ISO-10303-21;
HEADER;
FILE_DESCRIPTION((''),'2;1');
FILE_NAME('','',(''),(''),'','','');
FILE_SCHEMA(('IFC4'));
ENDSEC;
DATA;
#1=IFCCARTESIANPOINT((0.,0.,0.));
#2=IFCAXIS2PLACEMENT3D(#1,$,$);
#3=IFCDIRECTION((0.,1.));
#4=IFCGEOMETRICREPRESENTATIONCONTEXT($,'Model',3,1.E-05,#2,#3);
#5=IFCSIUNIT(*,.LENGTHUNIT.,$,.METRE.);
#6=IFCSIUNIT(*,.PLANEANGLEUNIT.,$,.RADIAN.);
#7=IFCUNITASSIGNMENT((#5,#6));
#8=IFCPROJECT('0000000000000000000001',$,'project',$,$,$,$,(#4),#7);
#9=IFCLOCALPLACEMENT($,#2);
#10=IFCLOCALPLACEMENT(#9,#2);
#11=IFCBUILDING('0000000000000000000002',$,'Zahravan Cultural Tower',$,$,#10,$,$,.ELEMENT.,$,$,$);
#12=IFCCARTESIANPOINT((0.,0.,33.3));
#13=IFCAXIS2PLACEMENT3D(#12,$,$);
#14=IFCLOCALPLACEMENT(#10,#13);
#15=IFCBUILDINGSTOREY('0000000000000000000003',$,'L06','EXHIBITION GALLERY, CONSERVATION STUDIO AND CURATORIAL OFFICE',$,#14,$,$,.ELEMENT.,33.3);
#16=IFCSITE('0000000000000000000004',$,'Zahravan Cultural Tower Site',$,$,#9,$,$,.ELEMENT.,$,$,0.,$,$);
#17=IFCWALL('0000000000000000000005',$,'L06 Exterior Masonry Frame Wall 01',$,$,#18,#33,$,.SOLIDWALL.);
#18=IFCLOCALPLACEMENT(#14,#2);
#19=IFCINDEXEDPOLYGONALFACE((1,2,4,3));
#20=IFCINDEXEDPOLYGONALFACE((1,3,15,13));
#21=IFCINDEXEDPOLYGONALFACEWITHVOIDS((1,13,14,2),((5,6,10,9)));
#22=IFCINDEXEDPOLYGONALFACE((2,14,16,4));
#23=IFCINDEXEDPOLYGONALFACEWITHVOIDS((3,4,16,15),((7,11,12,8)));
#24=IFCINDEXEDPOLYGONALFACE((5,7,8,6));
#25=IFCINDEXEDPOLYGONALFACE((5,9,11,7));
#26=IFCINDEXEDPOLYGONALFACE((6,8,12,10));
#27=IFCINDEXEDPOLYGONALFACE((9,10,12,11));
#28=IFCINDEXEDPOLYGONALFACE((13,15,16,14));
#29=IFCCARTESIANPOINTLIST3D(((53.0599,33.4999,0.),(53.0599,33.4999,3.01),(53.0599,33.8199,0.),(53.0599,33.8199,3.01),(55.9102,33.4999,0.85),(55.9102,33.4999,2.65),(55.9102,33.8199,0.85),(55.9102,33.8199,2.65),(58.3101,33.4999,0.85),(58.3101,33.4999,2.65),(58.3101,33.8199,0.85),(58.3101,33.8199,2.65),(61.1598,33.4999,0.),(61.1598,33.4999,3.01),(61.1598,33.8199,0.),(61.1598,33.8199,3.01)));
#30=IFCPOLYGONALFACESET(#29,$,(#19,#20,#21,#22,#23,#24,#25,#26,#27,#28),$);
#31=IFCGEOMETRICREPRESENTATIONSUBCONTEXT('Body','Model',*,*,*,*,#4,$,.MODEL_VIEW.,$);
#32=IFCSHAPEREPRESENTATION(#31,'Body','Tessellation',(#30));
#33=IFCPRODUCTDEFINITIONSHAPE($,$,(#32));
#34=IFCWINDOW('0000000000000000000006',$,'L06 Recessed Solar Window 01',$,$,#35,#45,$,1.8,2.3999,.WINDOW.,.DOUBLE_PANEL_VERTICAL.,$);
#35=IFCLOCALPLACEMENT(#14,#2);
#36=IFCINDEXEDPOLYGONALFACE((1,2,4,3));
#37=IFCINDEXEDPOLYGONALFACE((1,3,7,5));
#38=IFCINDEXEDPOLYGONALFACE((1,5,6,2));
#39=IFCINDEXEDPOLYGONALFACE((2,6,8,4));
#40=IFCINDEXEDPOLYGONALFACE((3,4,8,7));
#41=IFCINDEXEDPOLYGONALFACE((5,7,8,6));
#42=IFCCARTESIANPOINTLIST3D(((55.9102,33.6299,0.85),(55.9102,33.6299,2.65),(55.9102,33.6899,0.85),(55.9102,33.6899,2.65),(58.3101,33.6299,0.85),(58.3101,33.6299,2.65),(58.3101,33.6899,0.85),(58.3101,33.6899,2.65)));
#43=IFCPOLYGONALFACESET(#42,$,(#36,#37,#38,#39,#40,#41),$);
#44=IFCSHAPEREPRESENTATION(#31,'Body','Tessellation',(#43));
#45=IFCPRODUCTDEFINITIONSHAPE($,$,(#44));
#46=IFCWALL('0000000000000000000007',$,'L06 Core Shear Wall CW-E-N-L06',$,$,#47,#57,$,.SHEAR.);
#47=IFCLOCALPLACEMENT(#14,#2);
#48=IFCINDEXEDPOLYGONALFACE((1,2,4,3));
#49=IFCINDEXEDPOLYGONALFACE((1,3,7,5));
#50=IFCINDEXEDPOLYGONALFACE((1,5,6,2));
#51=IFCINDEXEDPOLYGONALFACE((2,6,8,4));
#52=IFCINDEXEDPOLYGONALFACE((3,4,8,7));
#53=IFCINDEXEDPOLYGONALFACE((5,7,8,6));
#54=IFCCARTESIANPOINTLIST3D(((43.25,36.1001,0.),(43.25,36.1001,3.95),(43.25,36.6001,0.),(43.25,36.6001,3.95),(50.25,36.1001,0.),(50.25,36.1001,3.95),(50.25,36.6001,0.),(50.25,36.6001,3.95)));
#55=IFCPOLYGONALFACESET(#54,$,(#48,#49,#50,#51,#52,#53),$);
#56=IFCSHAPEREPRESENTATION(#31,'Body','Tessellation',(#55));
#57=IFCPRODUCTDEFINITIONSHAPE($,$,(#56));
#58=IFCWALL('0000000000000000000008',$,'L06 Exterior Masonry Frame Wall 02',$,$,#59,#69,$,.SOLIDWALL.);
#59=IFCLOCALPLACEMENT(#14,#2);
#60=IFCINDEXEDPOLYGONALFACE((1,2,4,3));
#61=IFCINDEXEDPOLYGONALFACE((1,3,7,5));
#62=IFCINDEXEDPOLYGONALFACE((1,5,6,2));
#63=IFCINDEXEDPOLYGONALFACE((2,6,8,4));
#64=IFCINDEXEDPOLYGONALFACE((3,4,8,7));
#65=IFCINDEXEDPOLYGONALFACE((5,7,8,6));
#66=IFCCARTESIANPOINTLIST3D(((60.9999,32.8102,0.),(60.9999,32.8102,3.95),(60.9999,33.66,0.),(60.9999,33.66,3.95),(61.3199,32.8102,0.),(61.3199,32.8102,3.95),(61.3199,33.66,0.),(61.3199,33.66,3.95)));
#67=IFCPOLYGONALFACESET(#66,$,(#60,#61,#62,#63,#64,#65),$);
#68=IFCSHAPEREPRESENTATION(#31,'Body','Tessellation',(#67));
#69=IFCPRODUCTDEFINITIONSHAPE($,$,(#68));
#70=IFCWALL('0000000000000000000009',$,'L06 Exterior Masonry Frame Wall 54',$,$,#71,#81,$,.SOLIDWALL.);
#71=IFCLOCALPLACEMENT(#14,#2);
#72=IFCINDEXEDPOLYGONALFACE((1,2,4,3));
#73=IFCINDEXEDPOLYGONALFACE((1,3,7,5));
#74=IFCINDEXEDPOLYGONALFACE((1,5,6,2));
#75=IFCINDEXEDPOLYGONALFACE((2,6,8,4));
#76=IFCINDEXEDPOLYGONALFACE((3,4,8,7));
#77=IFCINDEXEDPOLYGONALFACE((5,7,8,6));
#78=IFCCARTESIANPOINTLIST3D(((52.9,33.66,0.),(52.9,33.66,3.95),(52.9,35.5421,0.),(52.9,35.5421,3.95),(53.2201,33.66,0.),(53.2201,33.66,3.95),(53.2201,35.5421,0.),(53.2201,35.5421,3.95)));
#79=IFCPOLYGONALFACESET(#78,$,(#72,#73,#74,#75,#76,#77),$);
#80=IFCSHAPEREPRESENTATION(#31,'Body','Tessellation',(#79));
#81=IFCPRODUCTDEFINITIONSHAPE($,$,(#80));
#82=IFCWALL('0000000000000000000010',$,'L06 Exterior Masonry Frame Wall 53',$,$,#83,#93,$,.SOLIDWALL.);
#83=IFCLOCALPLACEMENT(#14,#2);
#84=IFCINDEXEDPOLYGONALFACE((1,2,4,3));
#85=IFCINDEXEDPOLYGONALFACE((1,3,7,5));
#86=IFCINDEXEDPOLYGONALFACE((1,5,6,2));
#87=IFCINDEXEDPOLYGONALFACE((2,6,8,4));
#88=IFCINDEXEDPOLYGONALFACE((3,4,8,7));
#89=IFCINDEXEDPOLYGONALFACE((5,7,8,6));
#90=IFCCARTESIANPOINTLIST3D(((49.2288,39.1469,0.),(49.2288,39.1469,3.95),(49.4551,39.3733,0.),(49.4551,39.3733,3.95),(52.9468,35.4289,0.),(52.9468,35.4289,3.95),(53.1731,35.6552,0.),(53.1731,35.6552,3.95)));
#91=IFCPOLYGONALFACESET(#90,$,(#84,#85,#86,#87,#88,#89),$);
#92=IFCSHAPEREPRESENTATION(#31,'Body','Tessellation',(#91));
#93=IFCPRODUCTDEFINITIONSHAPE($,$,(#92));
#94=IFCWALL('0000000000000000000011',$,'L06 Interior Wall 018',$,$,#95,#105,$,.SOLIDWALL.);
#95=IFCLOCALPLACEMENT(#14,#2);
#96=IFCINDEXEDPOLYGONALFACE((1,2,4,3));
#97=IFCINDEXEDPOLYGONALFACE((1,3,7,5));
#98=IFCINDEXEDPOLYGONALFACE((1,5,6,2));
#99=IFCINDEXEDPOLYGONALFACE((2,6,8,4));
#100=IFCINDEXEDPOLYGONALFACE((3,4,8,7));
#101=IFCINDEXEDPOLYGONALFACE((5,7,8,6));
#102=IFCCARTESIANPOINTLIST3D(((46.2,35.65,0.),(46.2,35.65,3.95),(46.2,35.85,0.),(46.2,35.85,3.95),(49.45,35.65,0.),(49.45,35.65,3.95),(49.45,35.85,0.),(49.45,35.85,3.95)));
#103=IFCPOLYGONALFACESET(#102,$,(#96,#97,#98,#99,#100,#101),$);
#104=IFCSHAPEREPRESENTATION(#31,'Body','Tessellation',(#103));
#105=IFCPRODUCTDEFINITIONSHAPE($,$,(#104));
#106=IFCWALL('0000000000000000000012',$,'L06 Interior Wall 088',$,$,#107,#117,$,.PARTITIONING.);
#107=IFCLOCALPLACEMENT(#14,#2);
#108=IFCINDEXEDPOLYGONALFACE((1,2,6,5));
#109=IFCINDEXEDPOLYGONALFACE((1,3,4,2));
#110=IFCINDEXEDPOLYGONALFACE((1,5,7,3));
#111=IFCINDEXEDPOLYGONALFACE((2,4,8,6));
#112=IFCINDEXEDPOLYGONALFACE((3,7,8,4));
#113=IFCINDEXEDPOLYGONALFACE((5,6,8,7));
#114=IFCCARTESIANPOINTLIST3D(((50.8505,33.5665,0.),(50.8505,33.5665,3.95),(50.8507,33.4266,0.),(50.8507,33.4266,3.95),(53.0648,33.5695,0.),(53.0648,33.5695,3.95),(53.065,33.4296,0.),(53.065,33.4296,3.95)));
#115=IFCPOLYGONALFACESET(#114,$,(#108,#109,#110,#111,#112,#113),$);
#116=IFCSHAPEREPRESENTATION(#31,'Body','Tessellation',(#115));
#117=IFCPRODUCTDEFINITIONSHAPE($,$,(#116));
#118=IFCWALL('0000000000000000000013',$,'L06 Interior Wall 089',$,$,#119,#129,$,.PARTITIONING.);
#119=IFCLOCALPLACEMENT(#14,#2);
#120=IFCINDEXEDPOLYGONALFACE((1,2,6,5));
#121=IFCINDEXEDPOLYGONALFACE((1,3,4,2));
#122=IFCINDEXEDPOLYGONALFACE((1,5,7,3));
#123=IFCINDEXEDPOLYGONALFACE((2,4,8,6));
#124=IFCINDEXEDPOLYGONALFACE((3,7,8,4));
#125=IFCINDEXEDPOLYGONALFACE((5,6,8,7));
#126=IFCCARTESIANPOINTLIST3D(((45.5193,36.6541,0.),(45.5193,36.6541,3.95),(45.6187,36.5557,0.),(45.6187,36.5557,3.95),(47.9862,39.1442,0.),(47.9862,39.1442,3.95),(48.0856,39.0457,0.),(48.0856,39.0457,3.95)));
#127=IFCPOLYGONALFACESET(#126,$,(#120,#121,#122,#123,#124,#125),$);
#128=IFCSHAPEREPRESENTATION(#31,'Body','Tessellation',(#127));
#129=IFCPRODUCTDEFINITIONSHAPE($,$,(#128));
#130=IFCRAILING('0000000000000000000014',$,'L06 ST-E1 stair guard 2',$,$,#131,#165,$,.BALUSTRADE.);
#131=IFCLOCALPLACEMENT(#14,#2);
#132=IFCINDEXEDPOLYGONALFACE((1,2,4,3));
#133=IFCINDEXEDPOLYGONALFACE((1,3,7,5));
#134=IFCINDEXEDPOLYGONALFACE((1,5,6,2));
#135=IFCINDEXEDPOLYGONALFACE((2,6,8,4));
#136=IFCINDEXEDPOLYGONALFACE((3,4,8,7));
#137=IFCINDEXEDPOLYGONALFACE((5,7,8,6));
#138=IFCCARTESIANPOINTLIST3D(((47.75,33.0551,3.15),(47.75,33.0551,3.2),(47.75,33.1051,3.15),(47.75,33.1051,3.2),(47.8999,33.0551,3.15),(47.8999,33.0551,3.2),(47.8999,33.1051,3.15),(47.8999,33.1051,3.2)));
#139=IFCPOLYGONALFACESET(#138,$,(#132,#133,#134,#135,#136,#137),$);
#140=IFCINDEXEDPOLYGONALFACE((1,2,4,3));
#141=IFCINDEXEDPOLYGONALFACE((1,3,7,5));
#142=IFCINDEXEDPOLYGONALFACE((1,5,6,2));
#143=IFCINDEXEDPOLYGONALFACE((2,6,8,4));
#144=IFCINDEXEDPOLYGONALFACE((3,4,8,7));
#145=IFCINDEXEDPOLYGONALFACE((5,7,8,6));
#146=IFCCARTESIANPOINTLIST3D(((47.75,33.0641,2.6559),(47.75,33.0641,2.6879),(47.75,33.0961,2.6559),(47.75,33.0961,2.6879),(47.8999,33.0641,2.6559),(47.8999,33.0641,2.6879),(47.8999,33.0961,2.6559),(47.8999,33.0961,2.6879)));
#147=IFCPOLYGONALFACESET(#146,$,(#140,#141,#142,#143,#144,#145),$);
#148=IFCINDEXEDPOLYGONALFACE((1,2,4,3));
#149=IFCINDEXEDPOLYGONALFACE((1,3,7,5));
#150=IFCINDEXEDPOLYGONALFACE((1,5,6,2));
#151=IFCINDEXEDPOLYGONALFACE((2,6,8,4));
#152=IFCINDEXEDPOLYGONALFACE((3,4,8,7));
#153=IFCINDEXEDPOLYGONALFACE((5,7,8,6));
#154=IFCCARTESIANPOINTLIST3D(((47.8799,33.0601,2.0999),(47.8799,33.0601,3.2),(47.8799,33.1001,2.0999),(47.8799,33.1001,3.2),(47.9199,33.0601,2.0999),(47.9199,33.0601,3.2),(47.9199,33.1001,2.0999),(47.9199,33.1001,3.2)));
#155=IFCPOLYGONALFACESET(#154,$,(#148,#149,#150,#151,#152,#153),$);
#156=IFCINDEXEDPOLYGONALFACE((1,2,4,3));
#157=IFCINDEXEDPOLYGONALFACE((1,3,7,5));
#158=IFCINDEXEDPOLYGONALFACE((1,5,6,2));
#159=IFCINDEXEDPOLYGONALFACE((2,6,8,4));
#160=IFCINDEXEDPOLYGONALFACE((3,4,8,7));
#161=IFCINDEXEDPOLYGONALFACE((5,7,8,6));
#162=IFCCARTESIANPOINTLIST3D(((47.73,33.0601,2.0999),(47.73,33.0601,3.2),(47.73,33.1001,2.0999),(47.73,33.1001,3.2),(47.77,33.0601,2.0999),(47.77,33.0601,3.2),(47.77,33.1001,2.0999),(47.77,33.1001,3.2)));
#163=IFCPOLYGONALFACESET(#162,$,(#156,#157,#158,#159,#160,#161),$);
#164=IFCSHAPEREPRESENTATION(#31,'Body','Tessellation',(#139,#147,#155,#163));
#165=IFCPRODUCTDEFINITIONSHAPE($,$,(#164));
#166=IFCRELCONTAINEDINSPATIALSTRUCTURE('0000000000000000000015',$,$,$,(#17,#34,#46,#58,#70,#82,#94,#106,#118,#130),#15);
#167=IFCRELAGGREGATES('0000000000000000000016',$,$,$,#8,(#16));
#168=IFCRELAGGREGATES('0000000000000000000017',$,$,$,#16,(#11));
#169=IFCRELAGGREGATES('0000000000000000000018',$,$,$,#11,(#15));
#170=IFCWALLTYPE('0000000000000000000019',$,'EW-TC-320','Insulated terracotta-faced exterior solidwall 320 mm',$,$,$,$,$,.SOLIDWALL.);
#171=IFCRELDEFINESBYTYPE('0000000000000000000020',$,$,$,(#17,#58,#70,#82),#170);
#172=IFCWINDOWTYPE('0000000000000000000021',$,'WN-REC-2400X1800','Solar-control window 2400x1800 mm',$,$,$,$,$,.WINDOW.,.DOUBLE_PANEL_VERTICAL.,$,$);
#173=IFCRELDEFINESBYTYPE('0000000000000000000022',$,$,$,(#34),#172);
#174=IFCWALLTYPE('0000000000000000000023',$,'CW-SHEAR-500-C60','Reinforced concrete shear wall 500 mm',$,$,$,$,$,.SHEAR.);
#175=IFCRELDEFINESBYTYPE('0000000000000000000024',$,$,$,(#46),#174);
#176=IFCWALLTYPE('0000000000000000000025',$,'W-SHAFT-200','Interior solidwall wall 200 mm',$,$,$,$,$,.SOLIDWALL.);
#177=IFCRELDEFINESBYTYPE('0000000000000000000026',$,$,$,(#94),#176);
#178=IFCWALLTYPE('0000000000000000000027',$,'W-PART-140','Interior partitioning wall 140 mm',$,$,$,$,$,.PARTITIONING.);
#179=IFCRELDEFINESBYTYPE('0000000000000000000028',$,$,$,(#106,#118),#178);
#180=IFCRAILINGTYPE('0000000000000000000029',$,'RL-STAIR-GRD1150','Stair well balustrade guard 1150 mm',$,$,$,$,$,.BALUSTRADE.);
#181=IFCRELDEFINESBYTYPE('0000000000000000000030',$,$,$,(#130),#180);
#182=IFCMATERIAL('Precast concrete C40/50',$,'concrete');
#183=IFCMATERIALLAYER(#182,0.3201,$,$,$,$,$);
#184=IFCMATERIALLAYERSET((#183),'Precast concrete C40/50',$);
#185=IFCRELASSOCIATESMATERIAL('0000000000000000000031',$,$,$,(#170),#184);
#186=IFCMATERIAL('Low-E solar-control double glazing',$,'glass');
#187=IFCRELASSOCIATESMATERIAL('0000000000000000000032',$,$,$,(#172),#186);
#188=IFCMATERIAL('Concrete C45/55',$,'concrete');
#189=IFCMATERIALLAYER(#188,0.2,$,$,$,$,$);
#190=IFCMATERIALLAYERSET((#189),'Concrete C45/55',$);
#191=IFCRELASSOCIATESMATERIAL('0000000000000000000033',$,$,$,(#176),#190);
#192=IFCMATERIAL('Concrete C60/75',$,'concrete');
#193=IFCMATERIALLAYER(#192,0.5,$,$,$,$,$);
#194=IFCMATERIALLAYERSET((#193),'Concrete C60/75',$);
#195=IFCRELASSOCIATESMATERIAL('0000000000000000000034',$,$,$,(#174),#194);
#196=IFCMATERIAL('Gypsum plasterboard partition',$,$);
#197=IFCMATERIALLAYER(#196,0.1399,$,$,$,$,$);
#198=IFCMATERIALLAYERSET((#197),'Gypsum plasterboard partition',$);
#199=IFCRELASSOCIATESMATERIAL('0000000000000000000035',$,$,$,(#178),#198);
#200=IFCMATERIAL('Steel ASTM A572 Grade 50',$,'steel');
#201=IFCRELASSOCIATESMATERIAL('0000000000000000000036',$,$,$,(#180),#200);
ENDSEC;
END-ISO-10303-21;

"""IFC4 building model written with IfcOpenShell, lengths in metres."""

from ifc_helpers import new_model, si_unit, direction, frame, frame_2d, origin, origin_2d, place, context, subcontext, project, spatial, rectangle, extrude, source, transform, mapped, material, layer, layer_set, type_object, element, fill, save


model = new_model("IFC4")

# Units and contexts
model_context = context("Model", 3, precision=1e-05, world=origin(), true_north=direction((0.0, 1.0)))
body_context = subcontext(model_context, "Body", "Model", "MODEL_VIEW")
ifc_project = project(units=[si_unit("LENGTHUNIT", "METRE"), si_unit("PLANEANGLEUNIT", "RADIAN")], contexts=[model_context])

# Site, building, storey
site_placement = place(None, origin())
site = spatial("IfcSite", under=ifc_project, at=site_placement, Name="Zahravan Cultural Tower Site", CompositionType="ELEMENT", RefElevation=0.0)
building_placement = place(site_placement, origin())
building = spatial("IfcBuilding", under=site, at=building_placement, Name="Zahravan Cultural Tower", CompositionType="ELEMENT")
storey_placement = place(building_placement, frame((0.0, 0.0, 33.3)))
storey = spatial("IfcBuildingStorey", under=building, at=storey_placement, Name="L06", Description="EXHIBITION GALLERY, CONSERVATION STUDIO AND CURATORIAL OFFICE", CompositionType="ELEMENT", Elevation=33.3)

# Shared definitions
ifc_material_1 = material(Name="Concrete C60/75", Category="concrete")

# Wall, opening, window
ifc_material_2 = material(Name="Precast concrete C40/50", Category="concrete")
ifc_layer_1 = layer(ifc_material_2, 0.3201)
ifc_layer_set_1 = layer_set([ifc_layer_1], Name="Precast concrete C40/50")
wall_type_1 = type_object("IfcWallType", Name="EW-TC-320", Description="Insulated terracotta-faced exterior solidwall 320 mm", PredefinedType="SOLIDWALL", material=ifc_layer_set_1)
wall_1_placement = place(storey_placement, frame((53.0601, 33.6599, 0.0), z_axis=(0.0, 0.0, 1.0), x_axis=(1.0, 0.0, 0.0)))
wall_1 = element("IfcWall", 1, at=wall_1_placement, inside=storey, type_object=wall_type_1, Name="L06 Exterior Masonry Frame Wall 01", PredefinedType="SOLIDWALL", context=body_context, shape_type="SweptSolid", body=[
    extrude(rectangle(XDim=8.0999, YDim=0.3201, at=frame_2d((4.0498, 0.0))), origin(), (0.0, 0.0, 1.0), 3.01),
])
opening_1_placement = place(wall_1_placement, frame((2.8501, 0.0, 0.8501)))
opening_1 = element("IfcOpeningElement", 2, at=opening_1_placement, cuts=wall_1, PredefinedType="OPENING", context=body_context, shape_type="SweptSolid", body=[
    extrude(rectangle(XDim=2.3999, YDim=1.8, at=frame_2d((1.2, 0.8999))), frame((0.0, 0.1699, 0.0), z_axis=(0.0, -1.0, 0.0), x_axis=(1.0, 0.0, 0.0)), (0.0, 0.0, 1.0), 0.3401),
])
ifc_material_3 = material(Name="Low-E solar-control double glazing", Category="glass")
window_type = type_object("IfcWindowType", Name="WN-REC-2400X1800", Description="Solar-control window 2400x1800 mm", PartitioningType="DOUBLE_PANEL_VERTICAL", PredefinedType="WINDOW", material=ifc_material_3)
shared_shape_1 = source(origin(), body_context, "Body", "SweptSolid", [
    extrude(rectangle(XDim=2.3999, YDim=1.8, at=frame_2d((1.2, 0.8999))), frame((0.0, 0.03, 0.0), z_axis=(0.0, -1.0, 0.0), x_axis=(1.0, 0.0, 0.0)), (0.0, 0.0, 1.0), 0.0601),
])
window_placement = place(opening_1_placement, origin())
window = element("IfcWindow", 3, at=window_placement, inside=storey, type_object=window_type, Name="L06 Recessed Solar Window 01", OverallHeight=1.8, OverallWidth=2.3999, PartitioningType="DOUBLE_PANEL_VERTICAL", PredefinedType="WINDOW", context=body_context, shape_type="MappedRepresentation", body=[
    mapped(shared_shape_1, transform((0.0, 0.0, 0.0), x_axis=(1.0, 0.0, 0.0), y_axis=(0.0, 1.0, 0.0), z_axis=(0.0, 0.0, 1.0), scale=1.0)),
])
fill(opening_1, window)

# Shared definitions
ifc_material_4 = material(Name="Concrete C45/55", Category="concrete")
ifc_layer_2 = layer(ifc_material_4, 0.2)
ifc_layer_set_2 = layer_set([ifc_layer_2], Name="Concrete C45/55")
wall_type_2 = type_object("IfcWallType", Name="W-SHAFT-200", Description="Interior solidwall wall 200 mm", PredefinedType="SOLIDWALL", material=ifc_layer_set_2)
ifc_material_5 = material(Name="Steel ASTM A572 Grade 50", Category="steel")

# Walls
ifc_layer_3 = layer(ifc_material_1, 0.5)
ifc_layer_set_3 = layer_set([ifc_layer_3], Name="Concrete C60/75")
wall_type_3 = type_object("IfcWallType", Name="CW-SHEAR-500-C60", Description="Reinforced concrete shear wall 500 mm", PredefinedType="SHEAR", material=ifc_layer_set_3)
shared_shape_2 = source(origin(), body_context, "Body", "SweptSolid", [
    extrude(rectangle(XDim=7.0, YDim=0.5, at=frame_2d((3.5, 0.0))), origin(), (0.0, 0.0, 1.0), 3.95),
])
wall_2_placement = place(storey_placement, frame((43.25, 36.3501, 0.0), z_axis=(0.0, 0.0, 1.0), x_axis=(1.0, 0.0, 0.0)))
element("IfcWall", 4, at=wall_2_placement, inside=storey, type_object=wall_type_3, Name="L06 Core Shear Wall CW-E-N-L06", PredefinedType="SHEAR", context=body_context, shape_type="MappedRepresentation", body=[
    mapped(shared_shape_2, transform((0.0, 0.0, 0.0), x_axis=(1.0, 0.0, 0.0), y_axis=(0.0, 1.0, 0.0), z_axis=(0.0, 0.0, 1.0), scale=1.0)),
])
shared_shape_3 = source(origin(), body_context, "Body", "SweptSolid", [
    extrude(rectangle(XDim=0.8499, YDim=0.3201, at=frame_2d((0.4248, 0.0))), origin(), (0.0, 0.0, 1.0), 3.95),
])
wall_3_placement = place(storey_placement, frame((61.1599, 33.6599, 0.0), z_axis=(0.0, 0.0, 1.0), x_axis=(0.0, -1.0, 0.0)))
element("IfcWall", 5, at=wall_3_placement, inside=storey, type_object=wall_type_1, Name="L06 Exterior Masonry Frame Wall 02", PredefinedType="SOLIDWALL", context=body_context, shape_type="MappedRepresentation", body=[
    mapped(shared_shape_3, transform((0.0, 0.0, 0.0), x_axis=(1.0, 0.0, 0.0), y_axis=(0.0, 1.0, 0.0), z_axis=(0.0, 0.0, 1.0), scale=1.0)),
])
shared_shape_4 = source(origin(), body_context, "Body", "SweptSolid", [
    extrude(rectangle(XDim=1.8821, YDim=0.3201, at=frame_2d((0.9409, 0.0))), origin(), (0.0, 0.0, 1.0), 3.95),
])
wall_4_placement = place(storey_placement, frame((53.0601, 35.542, 0.0), z_axis=(0.0, 0.0, 1.0), x_axis=(0.0, -1.0, 0.0)))
element("IfcWall", 6, at=wall_4_placement, inside=storey, type_object=wall_type_1, Name="L06 Exterior Masonry Frame Wall 54", PredefinedType="SOLIDWALL", context=body_context, shape_type="MappedRepresentation", body=[
    mapped(shared_shape_4, transform((0.0, 0.0, 0.0), x_axis=(1.0, 0.0, 0.0), y_axis=(0.0, 1.0, 0.0), z_axis=(0.0, 0.0, 1.0), scale=1.0)),
])
shared_shape_5 = source(origin(), body_context, "Body", "SweptSolid", [
    extrude(rectangle(XDim=5.2581, YDim=0.3201, at=frame_2d((2.6289, 0.0))), origin(), (0.0, 0.0, 1.0), 3.95),
])
wall_5_placement = place(storey_placement, frame((49.342, 39.26, 0.0), z_axis=(0.0, 0.0, 1.0), x_axis=(0.707107, -0.707107, 0.0)))
element("IfcWall", 7, at=wall_5_placement, inside=storey, type_object=wall_type_1, Name="L06 Exterior Masonry Frame Wall 53", PredefinedType="SOLIDWALL", context=body_context, shape_type="MappedRepresentation", body=[
    mapped(shared_shape_5, transform((0.0, 0.0, 0.0), x_axis=(1.0, 0.0, 0.0), y_axis=(0.0, 1.0, 0.0), z_axis=(0.0, 0.0, 1.0), scale=1.0)),
])
shared_shape_6 = source(origin(), body_context, "Body", "SweptSolid", [
    extrude(rectangle(XDim=3.25, YDim=0.2, at=frame_2d((1.625, 0.0))), origin(), (0.0, 0.0, 1.0), 3.95),
])
wall_6_placement = place(storey_placement, frame((46.2, 35.75, 0.0), z_axis=(0.0, 0.0, 1.0), x_axis=(1.0, 0.0, 0.0)))
element("IfcWall", 8, at=wall_6_placement, inside=storey, type_object=wall_type_2, Name="L06 Interior Wall 018", PredefinedType="SOLIDWALL", context=body_context, shape_type="MappedRepresentation", body=[
    mapped(shared_shape_6, transform((0.0, 0.0, 0.0), x_axis=(1.0, 0.0, 0.0), y_axis=(0.0, 1.0, 0.0), z_axis=(0.0, 0.0, 1.0), scale=1.0)),
])
ifc_material_6 = material(Name="Gypsum plasterboard partition")
ifc_layer_4 = layer(ifc_material_6, 0.1399)
ifc_layer_set_4 = layer_set([ifc_layer_4], Name="Gypsum plasterboard partition")
wall_type_4 = type_object("IfcWallType", Name="W-PART-140", Description="Interior partitioning wall 140 mm", PredefinedType="PARTITIONING", material=ifc_layer_set_4)
shared_shape_7 = source(origin(), body_context, "Body", "SweptSolid", [
    extrude(rectangle(XDim=2.2144, YDim=0.1399, at=frame_2d((1.1072, 0.0))), origin(), (0.0, 0.0, 1.0), 3.95),
])
wall_7_placement = place(storey_placement, frame((53.0649, 33.4995, 0.0), z_axis=(0.0, 0.0, 1.0), x_axis=(-0.999999, -0.001323, 0.0)))
element("IfcWall", 9, at=wall_7_placement, inside=storey, type_object=wall_type_4, Name="L06 Interior Wall 088", PredefinedType="PARTITIONING", context=body_context, shape_type="MappedRepresentation", body=[
    mapped(shared_shape_7, transform((0.0, 0.0, 0.0), x_axis=(1.0, 0.0, 0.0), y_axis=(0.0, 1.0, 0.0), z_axis=(0.0, 0.0, 1.0), scale=1.0)),
])
shared_shape_8 = source(origin(), body_context, "Body", "SweptSolid", [
    extrude(rectangle(XDim=3.5051, YDim=0.1399, at=frame_2d((1.7524, 0.0))), origin(), (0.0, 0.0, 1.0), 3.95),
])
wall_8_placement = place(storey_placement, frame((45.5691, 36.605, 0.0), z_axis=(0.0, 0.0, 1.0), x_axis=(0.70379, 0.710408, 0.0)))
element("IfcWall", 10, at=wall_8_placement, inside=storey, type_object=wall_type_4, Name="L06 Interior Wall 089", PredefinedType="PARTITIONING", context=body_context, shape_type="MappedRepresentation", body=[
    mapped(shared_shape_8, transform((0.0, 0.0, 0.0), x_axis=(1.0, 0.0, 0.0), y_axis=(0.0, 1.0, 0.0), z_axis=(0.0, 0.0, 1.0), scale=1.0)),
])

# Railing
railing_type = type_object("IfcRailingType", Name="RL-STAIR-GRD1150", Description="Stair well balustrade guard 1150 mm", PredefinedType="BALUSTRADE", material=ifc_material_5)
railing_1_placement = place(storey_placement, frame((47.8999, 33.0801, 2.0999)))
element("IfcRailing", 11, at=railing_1_placement, inside=storey, type_object=railing_type, Name="L06 ST-E1 stair guard 2", PredefinedType="BALUSTRADE", context=body_context, shape_type="SweptSolid", body=[
    extrude(rectangle(XDim=0.05, YDim=0.05, at=origin_2d()), frame((0.0, 0.0, 1.0752), z_axis=(-1.0, 0.0, 0.0), x_axis=(0.0, -1.0, 0.0)), (0.0, 0.0, 1.0), 0.1499),
    extrude(rectangle(XDim=0.032, YDim=0.032, at=origin_2d()), frame((0.0, 0.0, 0.572), z_axis=(-1.0, 0.0, 0.0), x_axis=(0.0, -1.0, 0.0)), (0.0, 0.0, 1.0), 0.1499),
    extrude(rectangle(XDim=0.04, YDim=0.04, at=origin_2d()), origin(), (0.0, 0.0, 1.0), 1.1001),
    extrude(rectangle(XDim=0.04, YDim=0.04, at=origin_2d()), frame((-0.1499, 0.0, 0.0)), (0.0, 0.0, 1.0), 1.1001),
])

save(model, "model.ifc")
